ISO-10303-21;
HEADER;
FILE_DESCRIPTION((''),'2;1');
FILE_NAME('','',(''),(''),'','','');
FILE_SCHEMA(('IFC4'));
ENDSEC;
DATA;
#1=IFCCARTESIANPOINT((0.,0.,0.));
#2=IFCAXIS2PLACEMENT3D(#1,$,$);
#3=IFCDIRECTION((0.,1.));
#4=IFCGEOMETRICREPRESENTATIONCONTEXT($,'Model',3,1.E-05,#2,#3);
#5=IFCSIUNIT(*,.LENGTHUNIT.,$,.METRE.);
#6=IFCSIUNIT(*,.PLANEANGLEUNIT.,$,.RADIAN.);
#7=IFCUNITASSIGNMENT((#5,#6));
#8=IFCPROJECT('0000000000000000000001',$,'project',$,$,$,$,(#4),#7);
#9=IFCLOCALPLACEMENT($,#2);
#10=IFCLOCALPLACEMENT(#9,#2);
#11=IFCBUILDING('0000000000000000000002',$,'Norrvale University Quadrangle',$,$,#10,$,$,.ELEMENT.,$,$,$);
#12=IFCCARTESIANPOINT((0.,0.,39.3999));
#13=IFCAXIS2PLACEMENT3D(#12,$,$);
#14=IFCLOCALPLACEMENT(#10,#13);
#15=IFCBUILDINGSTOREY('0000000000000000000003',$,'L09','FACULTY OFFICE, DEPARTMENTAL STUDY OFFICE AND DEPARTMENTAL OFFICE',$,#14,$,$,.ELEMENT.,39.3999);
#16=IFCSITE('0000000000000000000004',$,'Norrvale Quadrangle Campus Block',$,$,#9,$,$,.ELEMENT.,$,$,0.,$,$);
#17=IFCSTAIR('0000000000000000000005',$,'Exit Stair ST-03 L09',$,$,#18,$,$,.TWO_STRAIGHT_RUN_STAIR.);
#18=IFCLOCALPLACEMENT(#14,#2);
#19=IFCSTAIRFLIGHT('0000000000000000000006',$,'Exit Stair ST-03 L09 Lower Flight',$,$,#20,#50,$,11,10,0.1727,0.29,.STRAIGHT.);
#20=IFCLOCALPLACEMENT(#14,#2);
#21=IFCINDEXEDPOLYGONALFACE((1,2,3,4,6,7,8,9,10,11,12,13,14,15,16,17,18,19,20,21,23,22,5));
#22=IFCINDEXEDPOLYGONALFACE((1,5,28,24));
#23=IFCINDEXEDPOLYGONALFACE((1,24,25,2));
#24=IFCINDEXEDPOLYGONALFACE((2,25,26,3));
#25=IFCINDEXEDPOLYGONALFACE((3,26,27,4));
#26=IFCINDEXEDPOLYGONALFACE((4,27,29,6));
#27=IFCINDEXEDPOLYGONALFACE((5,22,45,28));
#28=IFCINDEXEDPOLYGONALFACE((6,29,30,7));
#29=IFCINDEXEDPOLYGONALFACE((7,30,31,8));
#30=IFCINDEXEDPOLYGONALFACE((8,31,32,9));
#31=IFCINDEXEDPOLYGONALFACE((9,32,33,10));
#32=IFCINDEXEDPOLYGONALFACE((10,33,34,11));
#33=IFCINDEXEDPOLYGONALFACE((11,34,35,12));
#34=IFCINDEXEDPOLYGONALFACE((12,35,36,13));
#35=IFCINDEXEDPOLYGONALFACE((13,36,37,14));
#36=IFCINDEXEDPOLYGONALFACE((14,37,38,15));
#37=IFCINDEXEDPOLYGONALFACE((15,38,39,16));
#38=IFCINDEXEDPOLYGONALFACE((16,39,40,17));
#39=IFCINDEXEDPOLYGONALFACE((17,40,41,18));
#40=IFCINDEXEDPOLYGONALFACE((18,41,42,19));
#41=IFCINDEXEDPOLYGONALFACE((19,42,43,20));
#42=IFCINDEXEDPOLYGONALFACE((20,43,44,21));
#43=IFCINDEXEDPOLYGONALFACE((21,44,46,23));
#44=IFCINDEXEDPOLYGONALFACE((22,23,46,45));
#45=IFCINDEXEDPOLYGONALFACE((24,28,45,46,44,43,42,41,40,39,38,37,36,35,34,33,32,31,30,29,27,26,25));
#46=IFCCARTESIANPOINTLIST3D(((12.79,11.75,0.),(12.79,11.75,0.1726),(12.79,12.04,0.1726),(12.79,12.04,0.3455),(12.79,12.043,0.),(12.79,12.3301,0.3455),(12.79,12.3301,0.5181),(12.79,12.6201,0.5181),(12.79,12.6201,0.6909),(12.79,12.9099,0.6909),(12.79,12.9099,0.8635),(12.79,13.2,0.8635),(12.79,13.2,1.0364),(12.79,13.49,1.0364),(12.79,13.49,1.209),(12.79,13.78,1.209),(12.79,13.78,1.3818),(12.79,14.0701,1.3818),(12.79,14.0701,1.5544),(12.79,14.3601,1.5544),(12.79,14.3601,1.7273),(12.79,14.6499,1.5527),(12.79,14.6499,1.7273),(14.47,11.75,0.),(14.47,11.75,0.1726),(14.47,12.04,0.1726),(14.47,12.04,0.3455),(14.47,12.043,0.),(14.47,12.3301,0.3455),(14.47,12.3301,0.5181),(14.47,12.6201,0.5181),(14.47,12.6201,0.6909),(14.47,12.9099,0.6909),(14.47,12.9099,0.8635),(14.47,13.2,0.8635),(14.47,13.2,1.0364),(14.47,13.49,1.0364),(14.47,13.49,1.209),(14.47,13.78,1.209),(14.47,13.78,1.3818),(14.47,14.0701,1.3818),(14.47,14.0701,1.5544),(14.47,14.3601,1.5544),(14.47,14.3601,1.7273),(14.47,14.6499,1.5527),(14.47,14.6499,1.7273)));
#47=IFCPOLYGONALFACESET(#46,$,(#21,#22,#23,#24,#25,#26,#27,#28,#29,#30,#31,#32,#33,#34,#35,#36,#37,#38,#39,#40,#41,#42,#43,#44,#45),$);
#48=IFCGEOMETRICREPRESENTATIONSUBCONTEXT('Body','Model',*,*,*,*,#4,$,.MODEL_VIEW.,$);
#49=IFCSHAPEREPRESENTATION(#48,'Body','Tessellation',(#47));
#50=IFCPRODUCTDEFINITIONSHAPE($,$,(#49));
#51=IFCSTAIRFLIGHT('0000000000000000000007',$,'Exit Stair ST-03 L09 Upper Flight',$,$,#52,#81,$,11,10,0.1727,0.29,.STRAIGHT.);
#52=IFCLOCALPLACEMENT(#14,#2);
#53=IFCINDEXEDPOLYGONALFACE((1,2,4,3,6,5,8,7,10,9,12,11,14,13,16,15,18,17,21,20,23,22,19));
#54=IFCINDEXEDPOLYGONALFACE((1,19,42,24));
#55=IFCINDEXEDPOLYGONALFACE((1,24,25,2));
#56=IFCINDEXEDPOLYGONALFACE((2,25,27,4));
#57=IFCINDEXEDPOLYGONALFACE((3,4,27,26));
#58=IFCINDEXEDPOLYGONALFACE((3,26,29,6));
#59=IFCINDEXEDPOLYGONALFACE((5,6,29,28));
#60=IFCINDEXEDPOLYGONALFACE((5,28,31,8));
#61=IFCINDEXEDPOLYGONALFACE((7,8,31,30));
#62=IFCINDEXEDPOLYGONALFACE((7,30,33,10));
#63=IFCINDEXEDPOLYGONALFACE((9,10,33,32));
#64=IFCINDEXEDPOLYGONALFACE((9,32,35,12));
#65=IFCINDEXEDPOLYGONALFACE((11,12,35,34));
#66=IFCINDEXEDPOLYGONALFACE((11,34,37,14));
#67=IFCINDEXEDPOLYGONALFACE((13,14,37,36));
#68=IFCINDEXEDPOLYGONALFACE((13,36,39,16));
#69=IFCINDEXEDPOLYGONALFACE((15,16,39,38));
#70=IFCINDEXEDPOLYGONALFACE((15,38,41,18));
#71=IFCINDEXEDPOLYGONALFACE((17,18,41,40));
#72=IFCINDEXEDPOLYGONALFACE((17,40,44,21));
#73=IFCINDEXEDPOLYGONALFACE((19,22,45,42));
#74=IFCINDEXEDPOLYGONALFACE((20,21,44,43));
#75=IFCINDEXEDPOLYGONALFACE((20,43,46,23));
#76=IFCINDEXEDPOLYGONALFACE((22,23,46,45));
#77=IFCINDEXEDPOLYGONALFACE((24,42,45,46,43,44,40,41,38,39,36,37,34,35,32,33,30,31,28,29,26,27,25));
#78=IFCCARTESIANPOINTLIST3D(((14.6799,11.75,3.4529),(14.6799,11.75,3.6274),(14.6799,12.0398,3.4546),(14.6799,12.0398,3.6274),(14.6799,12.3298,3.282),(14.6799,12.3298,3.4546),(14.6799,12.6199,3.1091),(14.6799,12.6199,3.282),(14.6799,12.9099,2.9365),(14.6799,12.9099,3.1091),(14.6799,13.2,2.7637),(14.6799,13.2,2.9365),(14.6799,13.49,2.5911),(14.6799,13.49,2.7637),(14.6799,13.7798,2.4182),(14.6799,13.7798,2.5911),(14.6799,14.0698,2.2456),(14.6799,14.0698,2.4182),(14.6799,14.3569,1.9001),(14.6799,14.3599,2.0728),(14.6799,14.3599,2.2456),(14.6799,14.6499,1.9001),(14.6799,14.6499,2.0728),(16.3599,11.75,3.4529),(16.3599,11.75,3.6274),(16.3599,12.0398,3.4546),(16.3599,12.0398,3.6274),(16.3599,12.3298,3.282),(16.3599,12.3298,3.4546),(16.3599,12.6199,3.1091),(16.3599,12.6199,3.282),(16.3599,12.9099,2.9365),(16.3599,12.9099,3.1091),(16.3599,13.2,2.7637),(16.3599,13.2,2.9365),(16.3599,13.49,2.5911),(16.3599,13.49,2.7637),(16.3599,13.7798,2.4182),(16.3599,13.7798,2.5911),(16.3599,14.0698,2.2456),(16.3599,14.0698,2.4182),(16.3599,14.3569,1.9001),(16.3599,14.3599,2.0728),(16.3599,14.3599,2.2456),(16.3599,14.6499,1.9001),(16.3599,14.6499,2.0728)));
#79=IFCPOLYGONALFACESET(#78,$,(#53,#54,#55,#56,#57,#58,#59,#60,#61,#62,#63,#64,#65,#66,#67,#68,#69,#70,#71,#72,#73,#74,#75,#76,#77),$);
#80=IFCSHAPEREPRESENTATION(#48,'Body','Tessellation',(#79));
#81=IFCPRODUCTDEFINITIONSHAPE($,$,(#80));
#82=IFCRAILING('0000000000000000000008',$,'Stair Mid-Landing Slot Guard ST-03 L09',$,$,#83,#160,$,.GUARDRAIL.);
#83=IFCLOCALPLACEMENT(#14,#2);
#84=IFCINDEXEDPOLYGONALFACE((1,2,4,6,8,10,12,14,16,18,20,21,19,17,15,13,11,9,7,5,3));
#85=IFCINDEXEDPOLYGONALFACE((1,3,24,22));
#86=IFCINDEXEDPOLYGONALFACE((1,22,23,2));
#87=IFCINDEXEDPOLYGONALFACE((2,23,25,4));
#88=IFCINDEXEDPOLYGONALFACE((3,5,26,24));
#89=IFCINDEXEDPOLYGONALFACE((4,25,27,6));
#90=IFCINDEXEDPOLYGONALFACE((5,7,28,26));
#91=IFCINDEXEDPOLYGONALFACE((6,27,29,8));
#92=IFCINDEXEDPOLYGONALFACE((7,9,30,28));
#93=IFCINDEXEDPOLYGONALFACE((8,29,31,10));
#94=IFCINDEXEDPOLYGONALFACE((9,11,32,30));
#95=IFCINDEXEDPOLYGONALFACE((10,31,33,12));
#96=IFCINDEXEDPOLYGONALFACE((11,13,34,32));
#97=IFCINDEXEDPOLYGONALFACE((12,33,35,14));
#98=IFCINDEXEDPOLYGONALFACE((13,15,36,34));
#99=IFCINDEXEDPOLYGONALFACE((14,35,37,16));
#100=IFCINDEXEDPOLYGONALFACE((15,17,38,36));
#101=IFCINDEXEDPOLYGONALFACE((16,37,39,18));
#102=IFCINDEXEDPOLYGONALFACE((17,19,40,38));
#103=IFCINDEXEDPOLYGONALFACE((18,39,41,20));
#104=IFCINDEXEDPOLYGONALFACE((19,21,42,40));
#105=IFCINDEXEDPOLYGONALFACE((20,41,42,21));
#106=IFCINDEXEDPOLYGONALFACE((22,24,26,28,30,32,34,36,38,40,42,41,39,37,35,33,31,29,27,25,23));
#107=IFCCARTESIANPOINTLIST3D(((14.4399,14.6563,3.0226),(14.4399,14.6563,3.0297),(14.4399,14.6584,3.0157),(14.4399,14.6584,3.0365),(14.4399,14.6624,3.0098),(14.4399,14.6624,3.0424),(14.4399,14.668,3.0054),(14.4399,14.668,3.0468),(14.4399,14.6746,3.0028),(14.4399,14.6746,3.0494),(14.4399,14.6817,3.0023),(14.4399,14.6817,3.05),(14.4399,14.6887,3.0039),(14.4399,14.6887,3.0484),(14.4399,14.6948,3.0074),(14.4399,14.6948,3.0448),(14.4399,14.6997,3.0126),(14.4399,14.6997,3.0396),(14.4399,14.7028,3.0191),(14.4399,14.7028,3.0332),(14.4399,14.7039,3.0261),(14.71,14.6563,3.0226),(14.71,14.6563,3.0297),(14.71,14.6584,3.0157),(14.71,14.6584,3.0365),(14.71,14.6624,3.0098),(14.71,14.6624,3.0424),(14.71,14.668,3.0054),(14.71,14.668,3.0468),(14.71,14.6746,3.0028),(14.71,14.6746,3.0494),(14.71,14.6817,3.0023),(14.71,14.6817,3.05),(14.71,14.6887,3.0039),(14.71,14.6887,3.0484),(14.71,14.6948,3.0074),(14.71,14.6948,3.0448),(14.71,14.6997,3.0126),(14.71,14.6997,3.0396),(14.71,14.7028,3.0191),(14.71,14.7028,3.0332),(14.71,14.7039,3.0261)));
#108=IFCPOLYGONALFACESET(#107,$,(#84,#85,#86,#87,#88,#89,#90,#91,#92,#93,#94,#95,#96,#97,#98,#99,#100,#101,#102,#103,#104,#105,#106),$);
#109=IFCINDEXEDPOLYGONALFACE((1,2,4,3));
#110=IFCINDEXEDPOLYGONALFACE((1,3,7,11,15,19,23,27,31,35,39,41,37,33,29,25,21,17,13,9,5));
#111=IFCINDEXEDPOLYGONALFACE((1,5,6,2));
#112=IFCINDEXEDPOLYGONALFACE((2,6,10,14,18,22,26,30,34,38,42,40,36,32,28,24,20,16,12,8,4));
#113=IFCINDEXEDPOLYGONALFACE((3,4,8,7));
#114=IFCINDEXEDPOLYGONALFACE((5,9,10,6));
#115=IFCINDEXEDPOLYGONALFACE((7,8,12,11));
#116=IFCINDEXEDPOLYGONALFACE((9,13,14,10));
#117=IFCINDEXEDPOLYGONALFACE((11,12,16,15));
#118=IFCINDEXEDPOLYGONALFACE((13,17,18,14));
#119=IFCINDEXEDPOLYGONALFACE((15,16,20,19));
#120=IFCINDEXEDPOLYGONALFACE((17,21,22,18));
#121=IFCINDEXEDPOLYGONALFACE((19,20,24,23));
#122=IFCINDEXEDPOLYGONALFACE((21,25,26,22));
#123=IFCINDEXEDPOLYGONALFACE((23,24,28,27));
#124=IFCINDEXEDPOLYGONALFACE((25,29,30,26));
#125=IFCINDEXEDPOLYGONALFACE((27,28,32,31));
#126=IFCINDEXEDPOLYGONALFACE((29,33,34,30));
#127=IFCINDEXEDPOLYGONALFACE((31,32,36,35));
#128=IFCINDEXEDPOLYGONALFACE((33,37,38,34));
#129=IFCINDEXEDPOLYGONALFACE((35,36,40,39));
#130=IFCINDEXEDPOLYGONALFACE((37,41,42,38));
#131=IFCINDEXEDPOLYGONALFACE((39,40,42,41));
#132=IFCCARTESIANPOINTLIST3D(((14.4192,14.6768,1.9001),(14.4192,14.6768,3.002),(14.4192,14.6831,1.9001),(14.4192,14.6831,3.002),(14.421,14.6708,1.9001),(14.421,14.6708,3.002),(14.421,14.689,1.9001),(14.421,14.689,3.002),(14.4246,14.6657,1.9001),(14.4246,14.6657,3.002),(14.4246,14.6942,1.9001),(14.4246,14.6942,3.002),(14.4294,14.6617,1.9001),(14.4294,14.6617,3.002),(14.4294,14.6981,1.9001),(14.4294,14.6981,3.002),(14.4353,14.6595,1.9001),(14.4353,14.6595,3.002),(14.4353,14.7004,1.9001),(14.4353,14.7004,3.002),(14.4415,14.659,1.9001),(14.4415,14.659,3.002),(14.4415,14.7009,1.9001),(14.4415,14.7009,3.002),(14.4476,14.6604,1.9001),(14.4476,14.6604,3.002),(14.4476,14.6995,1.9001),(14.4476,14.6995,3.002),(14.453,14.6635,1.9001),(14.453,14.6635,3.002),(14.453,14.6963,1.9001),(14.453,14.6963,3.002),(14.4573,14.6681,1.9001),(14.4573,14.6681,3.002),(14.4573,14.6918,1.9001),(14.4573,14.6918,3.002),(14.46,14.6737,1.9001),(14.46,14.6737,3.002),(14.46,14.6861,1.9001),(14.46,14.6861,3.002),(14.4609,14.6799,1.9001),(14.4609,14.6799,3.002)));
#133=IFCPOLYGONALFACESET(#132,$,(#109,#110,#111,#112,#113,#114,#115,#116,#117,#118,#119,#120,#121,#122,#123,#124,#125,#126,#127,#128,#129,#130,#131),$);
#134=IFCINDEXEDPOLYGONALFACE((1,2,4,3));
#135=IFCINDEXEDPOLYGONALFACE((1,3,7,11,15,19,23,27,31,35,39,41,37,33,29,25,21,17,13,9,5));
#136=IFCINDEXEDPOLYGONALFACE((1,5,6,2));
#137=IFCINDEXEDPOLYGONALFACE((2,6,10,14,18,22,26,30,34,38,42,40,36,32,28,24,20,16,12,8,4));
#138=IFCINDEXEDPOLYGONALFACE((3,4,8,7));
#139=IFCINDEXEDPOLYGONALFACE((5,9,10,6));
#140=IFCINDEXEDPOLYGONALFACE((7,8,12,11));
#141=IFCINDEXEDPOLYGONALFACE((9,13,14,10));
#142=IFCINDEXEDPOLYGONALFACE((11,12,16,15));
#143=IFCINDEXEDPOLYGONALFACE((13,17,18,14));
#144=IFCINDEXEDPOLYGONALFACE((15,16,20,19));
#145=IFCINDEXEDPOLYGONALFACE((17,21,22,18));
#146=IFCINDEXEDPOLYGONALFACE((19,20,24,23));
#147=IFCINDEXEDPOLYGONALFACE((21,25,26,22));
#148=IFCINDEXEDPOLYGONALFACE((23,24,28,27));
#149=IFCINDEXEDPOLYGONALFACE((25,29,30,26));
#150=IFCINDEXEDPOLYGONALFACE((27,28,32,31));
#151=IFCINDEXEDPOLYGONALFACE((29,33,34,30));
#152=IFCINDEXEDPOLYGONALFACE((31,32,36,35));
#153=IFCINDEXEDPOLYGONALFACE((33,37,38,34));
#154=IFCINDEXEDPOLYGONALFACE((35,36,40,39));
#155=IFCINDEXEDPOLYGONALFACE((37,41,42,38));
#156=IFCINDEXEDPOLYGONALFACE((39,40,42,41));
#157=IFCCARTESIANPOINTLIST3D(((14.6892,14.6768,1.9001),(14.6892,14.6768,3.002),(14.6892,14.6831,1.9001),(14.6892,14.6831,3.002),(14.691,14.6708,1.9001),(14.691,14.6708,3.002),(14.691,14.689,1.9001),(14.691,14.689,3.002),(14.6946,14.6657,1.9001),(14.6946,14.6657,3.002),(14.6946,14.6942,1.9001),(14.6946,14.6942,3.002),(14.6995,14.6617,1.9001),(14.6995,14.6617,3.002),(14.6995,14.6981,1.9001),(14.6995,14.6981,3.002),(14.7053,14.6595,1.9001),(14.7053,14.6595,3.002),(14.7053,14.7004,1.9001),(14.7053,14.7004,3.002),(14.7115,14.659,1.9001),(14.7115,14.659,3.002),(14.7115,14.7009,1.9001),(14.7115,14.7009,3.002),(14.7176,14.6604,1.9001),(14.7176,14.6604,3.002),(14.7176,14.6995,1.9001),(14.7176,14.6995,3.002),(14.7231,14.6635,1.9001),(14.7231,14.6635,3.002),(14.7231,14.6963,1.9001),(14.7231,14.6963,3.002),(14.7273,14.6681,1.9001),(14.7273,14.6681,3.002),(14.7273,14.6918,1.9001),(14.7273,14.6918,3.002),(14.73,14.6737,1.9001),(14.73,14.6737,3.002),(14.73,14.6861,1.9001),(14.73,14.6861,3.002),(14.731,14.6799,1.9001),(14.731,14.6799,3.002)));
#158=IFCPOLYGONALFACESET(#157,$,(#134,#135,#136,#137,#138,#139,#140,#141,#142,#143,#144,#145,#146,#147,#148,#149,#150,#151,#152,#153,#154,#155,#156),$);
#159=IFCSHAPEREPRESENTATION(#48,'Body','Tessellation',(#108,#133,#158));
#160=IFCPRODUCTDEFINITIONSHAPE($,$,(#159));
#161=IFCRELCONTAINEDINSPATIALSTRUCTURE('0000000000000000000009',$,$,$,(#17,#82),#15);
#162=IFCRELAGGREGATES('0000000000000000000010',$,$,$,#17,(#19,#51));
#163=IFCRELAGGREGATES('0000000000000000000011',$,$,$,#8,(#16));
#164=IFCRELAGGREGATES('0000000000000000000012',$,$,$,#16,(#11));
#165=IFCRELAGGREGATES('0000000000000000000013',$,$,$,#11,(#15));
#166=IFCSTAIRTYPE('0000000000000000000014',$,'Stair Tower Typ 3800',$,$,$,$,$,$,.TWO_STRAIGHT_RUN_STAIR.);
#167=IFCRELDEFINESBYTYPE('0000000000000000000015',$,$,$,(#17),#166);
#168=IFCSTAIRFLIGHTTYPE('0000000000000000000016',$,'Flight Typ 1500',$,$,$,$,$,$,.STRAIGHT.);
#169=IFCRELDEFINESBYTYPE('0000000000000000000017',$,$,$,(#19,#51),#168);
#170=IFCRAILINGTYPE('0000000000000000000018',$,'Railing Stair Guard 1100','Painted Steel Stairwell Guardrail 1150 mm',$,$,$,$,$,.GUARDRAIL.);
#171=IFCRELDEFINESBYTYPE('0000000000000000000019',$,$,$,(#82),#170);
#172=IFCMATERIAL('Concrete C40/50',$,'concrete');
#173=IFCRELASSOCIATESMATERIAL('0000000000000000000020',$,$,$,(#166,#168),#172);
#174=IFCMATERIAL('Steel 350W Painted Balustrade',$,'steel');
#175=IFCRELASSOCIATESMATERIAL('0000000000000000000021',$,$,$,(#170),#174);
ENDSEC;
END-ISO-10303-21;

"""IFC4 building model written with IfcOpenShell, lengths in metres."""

from ifc_helpers import new_model, si_unit, direction, frame, origin, origin_2d, place, context, subcontext, project, spatial, polyline, circle, outline, extrude, material, type_object, element, aggregate, save


model = new_model("IFC4")

# Units and contexts
model_context = context("Model", 3, precision=1e-05, world=origin(), true_north=direction((0.0, 1.0)))
body_context = subcontext(model_context, "Body", "Model", "MODEL_VIEW")
ifc_project = project(units=[si_unit("LENGTHUNIT", "METRE"), si_unit("PLANEANGLEUNIT", "RADIAN")], contexts=[model_context])

# Site, building, storey
site_placement = place(None, origin())
site = spatial("IfcSite", under=ifc_project, at=site_placement, Name="Norrvale Quadrangle Campus Block", CompositionType="ELEMENT", RefElevation=0.0)
building_placement = place(site_placement, origin())
building = spatial("IfcBuilding", under=site, at=building_placement, Name="Norrvale University Quadrangle", CompositionType="ELEMENT")
storey_placement = place(building_placement, frame((0.0, 0.0, 39.3999)))
storey = spatial("IfcBuildingStorey", under=building, at=storey_placement, Name="L09", Description="FACULTY OFFICE, DEPARTMENTAL STUDY OFFICE AND DEPARTMENTAL OFFICE", CompositionType="ELEMENT", Elevation=39.3999)

# Stair, stair flights
ifc_material_1 = material(Name="Concrete C40/50", Category="concrete")
stair_type = type_object("IfcStairType", Name="Stair Tower Typ 3800", PredefinedType="TWO_STRAIGHT_RUN_STAIR", material=ifc_material_1)
stair_placement = place(storey_placement, origin())
stair = element("IfcStair", 1, at=stair_placement, inside=storey, type_object=stair_type, Name="Exit Stair ST-03 L09", PredefinedType="TWO_STRAIGHT_RUN_STAIR")
stair_flight_type = type_object("IfcStairFlightType", Name="Flight Typ 1500", PredefinedType="STRAIGHT", material=ifc_material_1)
stair_flight_1_placement = place(storey_placement, frame((13.6299, 11.75, 0.0), z_axis=(0.0, 0.0, 1.0), x_axis=(0.0, 1.0, 0.0)))
stair_flight_1 = element("IfcStairFlight", 2, at=stair_flight_1_placement, type_object=stair_flight_type, Name="Exit Stair ST-03 L09 Lower Flight", NumberOfRisers=11, NumberOfTreads=10, PredefinedType="STRAIGHT", RiserHeight=0.1727, TreadLength=0.29, context=body_context, shape_type="SweptSolid", body=[
    extrude(outline(polyline([(0.0, 0.0), (0.0, 0.1726), (0.29, 0.1726), (0.29, 0.3455), (0.5801, 0.3455), (0.5801, 0.5181), (0.8701, 0.5181), (0.8701, 0.6909), (1.1599, 0.6909), (1.1599, 0.8635), (1.45, 0.8635), (1.45, 1.0364), (1.74, 1.0364), (1.74, 1.209), (2.03, 1.209), (2.03, 1.3818), (2.3201, 1.3818), (2.3201, 1.5544), (2.6101, 1.5544), (2.6101, 1.7273), (2.8999, 1.7273), (2.8999, 1.8999), (2.8999, 1.5527), (0.293, 0.0), (0.0, 0.0)])), frame((0.0, 0.8398, 0.0), z_axis=(0.0, -1.0, 0.0), x_axis=(1.0, 0.0, 0.0)), (0.0, 0.0, 1.0), 1.6799),
])
stair_flight_2_placement = place(storey_placement, frame((15.52, 14.6499, 1.9001), z_axis=(0.0, 0.0, 1.0), x_axis=(0.0, -1.0, 0.0)))
stair_flight_2 = element("IfcStairFlight", 3, at=stair_flight_2_placement, type_object=stair_flight_type, Name="Exit Stair ST-03 L09 Upper Flight", NumberOfRisers=11, NumberOfTreads=10, PredefinedType="STRAIGHT", RiserHeight=0.1727, TreadLength=0.29, context=body_context, shape_type="SweptSolid", body=[
    extrude(outline(polyline([(0.0, 0.0), (0.0, 0.1726), (0.29, 0.1726), (0.29, 0.3455), (0.5801, 0.3455), (0.5801, 0.5181), (0.8701, 0.5181), (0.8701, 0.6909), (1.1599, 0.6909), (1.1599, 0.8635), (1.45, 0.8635), (1.45, 1.0364), (1.74, 1.0364), (1.74, 1.209), (2.03, 1.209), (2.03, 1.3818), (2.3201, 1.3818), (2.3201, 1.5544), (2.6101, 1.5544), (2.6101, 1.7273), (2.8999, 1.7273), (2.8999, 1.8999), (2.8999, 1.5527), (0.293, 0.0), (0.0, 0.0)])), frame((0.0, 0.8398, 0.0), z_axis=(0.0, -1.0, 0.0), x_axis=(1.0, 0.0, 0.0)), (0.0, 0.0, 1.0), 1.6799),
])
aggregate(stair, [stair_flight_1, stair_flight_2])

# Railing
ifc_material_2 = material(Name="Steel 350W Painted Balustrade", Category="steel")
railing_type_1 = type_object("IfcRailingType", Name="Railing Stair Guard 1100", Description="Painted Steel Stairwell Guardrail 1150 mm", PredefinedType="GUARDRAIL", material=ifc_material_2)
railing_1_placement = place(storey_placement, frame((14.4399, 14.6799, 1.9001)))
element("IfcRailing", 4, at=railing_1_placement, inside=storey, type_object=railing_type_1, Name="Stair Mid-Landing Slot Guard ST-03 L09", PredefinedType="GUARDRAIL", context=body_context, shape_type="SweptSolid", body=[
    extrude(circle(Radius=0.0239, at=origin_2d()), frame((0.0, 0.0, 1.126), z_axis=(1.0, 0.0, 0.0), x_axis=(0.0, 1.0, 0.0)), (0.0, 0.0, 1.0), 0.27),
    extrude(circle(Radius=0.021, at=origin_2d()), origin(), (0.0, 0.0, 1.0), 1.1018),
    extrude(circle(Radius=0.021, at=origin_2d()), frame((0.27, 0.0, 0.0)), (0.0, 0.0, 1.0), 1.1018),
])

save(model, "model.ifc")
